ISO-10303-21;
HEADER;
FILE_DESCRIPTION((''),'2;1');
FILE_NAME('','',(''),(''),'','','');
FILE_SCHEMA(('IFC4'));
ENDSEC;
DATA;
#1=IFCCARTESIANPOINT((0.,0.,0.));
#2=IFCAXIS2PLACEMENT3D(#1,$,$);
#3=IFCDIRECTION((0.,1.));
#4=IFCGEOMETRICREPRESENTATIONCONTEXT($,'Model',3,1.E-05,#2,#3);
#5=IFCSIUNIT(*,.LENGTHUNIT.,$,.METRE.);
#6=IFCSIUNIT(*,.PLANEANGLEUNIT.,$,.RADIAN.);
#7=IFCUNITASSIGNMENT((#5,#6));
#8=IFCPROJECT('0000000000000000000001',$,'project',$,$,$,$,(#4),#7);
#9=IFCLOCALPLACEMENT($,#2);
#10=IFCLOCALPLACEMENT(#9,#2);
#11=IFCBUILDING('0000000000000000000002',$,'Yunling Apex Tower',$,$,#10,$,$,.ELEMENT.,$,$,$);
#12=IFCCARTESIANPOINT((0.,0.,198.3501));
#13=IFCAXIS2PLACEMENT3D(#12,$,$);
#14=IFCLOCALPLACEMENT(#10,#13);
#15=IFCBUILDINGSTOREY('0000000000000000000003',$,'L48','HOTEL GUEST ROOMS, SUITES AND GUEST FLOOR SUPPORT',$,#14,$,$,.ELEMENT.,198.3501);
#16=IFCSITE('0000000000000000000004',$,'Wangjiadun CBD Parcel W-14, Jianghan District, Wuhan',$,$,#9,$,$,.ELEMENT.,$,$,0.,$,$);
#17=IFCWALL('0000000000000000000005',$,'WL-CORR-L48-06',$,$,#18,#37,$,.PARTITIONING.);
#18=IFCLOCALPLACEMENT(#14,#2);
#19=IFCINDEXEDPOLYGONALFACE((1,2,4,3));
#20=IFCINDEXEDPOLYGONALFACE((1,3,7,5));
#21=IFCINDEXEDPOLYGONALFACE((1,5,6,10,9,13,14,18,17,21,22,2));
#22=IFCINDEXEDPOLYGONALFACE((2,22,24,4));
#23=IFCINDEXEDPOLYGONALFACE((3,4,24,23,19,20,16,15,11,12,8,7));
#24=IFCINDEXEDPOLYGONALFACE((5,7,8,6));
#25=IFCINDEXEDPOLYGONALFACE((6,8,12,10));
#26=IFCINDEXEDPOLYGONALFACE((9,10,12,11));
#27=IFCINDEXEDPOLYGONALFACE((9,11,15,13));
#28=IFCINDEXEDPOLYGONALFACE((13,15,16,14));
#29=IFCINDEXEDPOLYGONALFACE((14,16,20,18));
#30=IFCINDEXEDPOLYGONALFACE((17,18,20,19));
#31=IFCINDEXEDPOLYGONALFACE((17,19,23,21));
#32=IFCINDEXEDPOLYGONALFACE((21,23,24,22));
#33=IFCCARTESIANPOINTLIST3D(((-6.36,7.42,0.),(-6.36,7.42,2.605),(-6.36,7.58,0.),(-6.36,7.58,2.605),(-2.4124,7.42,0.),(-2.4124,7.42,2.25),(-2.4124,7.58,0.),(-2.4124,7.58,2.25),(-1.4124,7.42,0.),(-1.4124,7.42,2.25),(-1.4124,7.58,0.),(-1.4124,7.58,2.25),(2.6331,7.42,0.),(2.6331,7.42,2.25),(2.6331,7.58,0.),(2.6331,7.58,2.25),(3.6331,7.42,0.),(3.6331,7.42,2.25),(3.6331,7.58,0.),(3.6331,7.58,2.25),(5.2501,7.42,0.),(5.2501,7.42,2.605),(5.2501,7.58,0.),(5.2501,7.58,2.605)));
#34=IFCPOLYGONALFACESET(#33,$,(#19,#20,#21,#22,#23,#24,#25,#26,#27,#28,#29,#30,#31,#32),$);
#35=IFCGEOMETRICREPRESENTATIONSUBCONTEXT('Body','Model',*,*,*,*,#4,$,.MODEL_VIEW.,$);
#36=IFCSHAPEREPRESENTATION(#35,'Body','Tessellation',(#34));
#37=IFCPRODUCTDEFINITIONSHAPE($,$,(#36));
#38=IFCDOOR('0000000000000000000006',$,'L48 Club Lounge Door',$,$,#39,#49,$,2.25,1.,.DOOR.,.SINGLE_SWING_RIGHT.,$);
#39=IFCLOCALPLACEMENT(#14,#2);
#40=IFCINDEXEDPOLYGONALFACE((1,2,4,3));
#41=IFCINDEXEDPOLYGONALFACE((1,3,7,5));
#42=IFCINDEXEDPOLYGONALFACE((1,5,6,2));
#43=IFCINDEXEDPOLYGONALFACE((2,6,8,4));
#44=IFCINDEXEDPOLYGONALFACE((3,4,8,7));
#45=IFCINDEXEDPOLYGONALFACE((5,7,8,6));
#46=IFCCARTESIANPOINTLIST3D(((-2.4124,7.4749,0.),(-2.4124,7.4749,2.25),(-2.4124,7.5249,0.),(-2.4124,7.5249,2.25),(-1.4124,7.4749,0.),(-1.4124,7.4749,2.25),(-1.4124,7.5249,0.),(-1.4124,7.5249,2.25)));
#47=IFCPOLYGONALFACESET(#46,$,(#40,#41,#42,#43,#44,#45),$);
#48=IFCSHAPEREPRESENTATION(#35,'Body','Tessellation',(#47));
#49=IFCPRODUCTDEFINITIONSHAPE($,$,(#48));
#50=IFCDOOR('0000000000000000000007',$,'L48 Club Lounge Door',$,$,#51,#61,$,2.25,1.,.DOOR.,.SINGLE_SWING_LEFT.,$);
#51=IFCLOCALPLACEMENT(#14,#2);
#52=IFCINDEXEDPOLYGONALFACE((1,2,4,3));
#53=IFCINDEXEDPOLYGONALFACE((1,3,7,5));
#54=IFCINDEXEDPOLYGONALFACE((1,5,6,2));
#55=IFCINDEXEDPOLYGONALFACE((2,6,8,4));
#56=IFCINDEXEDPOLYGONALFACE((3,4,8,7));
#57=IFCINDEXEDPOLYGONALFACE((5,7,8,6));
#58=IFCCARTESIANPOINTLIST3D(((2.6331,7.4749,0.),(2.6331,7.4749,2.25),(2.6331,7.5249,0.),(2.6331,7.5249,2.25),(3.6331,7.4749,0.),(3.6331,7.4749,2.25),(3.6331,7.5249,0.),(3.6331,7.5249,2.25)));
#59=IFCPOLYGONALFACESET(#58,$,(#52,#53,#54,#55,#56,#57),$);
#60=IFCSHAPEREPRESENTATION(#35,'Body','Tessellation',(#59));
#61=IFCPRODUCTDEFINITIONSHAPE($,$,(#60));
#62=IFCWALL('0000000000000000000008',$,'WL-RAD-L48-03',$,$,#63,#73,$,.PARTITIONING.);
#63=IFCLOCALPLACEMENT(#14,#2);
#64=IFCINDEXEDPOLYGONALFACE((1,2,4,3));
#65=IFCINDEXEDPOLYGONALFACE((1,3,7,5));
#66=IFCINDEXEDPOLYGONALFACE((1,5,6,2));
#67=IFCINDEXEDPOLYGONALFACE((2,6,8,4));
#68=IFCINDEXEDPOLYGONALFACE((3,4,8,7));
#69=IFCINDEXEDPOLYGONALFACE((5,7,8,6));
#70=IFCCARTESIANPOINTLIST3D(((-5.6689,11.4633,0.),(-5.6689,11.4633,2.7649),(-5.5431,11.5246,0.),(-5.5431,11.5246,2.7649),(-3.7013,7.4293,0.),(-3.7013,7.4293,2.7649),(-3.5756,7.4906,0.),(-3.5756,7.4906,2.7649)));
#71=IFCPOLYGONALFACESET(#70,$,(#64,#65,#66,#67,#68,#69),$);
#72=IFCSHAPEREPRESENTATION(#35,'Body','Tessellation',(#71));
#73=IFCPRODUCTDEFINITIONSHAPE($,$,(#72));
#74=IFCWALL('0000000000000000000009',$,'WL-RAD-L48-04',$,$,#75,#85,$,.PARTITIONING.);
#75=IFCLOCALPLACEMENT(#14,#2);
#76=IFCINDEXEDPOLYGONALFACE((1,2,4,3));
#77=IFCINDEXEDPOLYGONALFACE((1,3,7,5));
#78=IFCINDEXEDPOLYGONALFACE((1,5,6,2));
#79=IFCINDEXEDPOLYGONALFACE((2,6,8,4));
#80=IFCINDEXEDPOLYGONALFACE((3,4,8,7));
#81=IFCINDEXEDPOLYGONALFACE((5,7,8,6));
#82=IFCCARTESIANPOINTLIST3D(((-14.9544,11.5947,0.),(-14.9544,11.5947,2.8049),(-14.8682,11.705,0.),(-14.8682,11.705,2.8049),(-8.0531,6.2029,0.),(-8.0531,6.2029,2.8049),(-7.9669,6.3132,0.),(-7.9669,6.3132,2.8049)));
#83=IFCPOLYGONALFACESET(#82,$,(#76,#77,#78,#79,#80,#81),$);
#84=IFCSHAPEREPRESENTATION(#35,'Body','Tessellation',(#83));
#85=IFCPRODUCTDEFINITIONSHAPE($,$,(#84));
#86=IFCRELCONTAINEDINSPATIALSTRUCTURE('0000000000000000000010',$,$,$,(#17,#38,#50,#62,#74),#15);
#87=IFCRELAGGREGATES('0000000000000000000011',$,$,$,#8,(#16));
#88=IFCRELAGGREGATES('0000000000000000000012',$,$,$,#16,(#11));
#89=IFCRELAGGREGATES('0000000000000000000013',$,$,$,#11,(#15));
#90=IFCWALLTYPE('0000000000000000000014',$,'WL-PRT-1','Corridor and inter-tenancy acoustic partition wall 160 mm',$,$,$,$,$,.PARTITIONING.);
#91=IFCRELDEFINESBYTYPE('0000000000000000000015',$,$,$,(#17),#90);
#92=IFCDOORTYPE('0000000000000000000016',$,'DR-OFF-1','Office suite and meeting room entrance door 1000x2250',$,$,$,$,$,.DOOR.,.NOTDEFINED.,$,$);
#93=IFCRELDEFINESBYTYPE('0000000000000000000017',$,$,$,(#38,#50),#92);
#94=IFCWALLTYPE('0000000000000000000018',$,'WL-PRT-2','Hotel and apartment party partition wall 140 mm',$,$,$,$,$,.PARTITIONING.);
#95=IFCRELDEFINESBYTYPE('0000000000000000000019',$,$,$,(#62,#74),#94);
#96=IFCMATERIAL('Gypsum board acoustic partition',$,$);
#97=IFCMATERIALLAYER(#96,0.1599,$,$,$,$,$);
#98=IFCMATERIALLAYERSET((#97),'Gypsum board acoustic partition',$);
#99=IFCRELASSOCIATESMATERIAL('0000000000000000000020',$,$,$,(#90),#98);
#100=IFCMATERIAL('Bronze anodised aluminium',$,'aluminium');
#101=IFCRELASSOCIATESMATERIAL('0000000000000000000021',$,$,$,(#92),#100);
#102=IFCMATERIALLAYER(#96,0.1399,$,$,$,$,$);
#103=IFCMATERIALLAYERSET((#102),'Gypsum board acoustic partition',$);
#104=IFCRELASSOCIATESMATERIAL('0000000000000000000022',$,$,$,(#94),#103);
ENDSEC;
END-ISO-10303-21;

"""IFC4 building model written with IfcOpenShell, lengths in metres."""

from ifc_helpers import new_model, si_unit, direction, frame, frame_2d, origin, place, context, subcontext, project, spatial, rectangle, extrude, material, layer, layer_set, type_object, element, fill, save


model = new_model("IFC4")

# Units and contexts
model_context = context("Model", 3, precision=1e-05, world=origin(), true_north=direction((0.0, 1.0)))
body_context = subcontext(model_context, "Body", "Model", "MODEL_VIEW")
ifc_project = project(units=[si_unit("LENGTHUNIT", "METRE"), si_unit("PLANEANGLEUNIT", "RADIAN")], contexts=[model_context])

# Site, building, storey
site_placement = place(None, origin())
site = spatial("IfcSite", under=ifc_project, at=site_placement, Name="Wangjiadun CBD Parcel W-14, Jianghan District, Wuhan", CompositionType="ELEMENT", RefElevation=0.0)
building_placement = place(site_placement, origin())
building = spatial("IfcBuilding", under=site, at=building_placement, Name="Yunling Apex Tower", CompositionType="ELEMENT")
storey_placement = place(building_placement, frame((0.0, 0.0, 198.3501)))
storey = spatial("IfcBuildingStorey", under=building, at=storey_placement, Name="L48", Description="HOTEL GUEST ROOMS, SUITES AND GUEST FLOOR SUPPORT", CompositionType="ELEMENT", Elevation=198.3501)

# Shared definitions
ifc_material_1 = material(Name="Bronze anodised aluminium", Category="aluminium")

# Shared definitions
ifc_material_2 = material(Name="Gypsum board acoustic partition")
ifc_layer_1 = layer(ifc_material_2, 0.1599)
ifc_layer_set_1 = layer_set([ifc_layer_1], Name="Gypsum board acoustic partition")
wall_type_1 = type_object("IfcWallType", Name="WL-PRT-1", Description="Corridor and inter-tenancy acoustic partition wall 160 mm", PredefinedType="PARTITIONING", material=ifc_layer_set_1)

# Wall, openings, doors
wall_1_placement = place(storey_placement, frame((-6.3601, 7.5, 0.0), z_axis=(0.0, 0.0, 1.0), x_axis=(1.0, 0.0, 0.0)))
wall_1 = element("IfcWall", 1, at=wall_1_placement, inside=storey, type_object=wall_type_1, Name="WL-CORR-L48-06", PredefinedType="PARTITIONING", context=body_context, shape_type="SweptSolid", body=[
    extrude(rectangle(XDim=11.6101, YDim=0.1599, at=frame_2d((5.8052, 0.0))), origin(), (0.0, 0.0, 1.0), 2.605),
])
opening_1_placement = place(wall_1_placement, frame((3.9478, 0.0, 0.0)))
opening_1 = element("IfcOpeningElement", 2, at=opening_1_placement, cuts=wall_1, PredefinedType="OPENING", context=body_context, shape_type="SweptSolid", body=[
    extrude(rectangle(XDim=1.0, YDim=2.25, at=frame_2d((0.5, 1.125))), frame((0.0, 0.0898, 0.0), z_axis=(0.0, -1.0, 0.0), x_axis=(1.0, 0.0, 0.0)), (0.0, 0.0, 1.0), 0.1799),
])
opening_2_placement = place(wall_1_placement, frame((8.9932, 0.0, 0.0)))
opening_2 = element("IfcOpeningElement", 3, at=opening_2_placement, cuts=wall_1, PredefinedType="OPENING", context=body_context, shape_type="SweptSolid", body=[
    extrude(rectangle(XDim=1.0, YDim=2.25, at=frame_2d((0.5, 1.125))), frame((0.0, 0.0898, 0.0), z_axis=(0.0, -1.0, 0.0), x_axis=(1.0, 0.0, 0.0)), (0.0, 0.0, 1.0), 0.1799),
])
door_type = type_object("IfcDoorType", Name="DR-OFF-1", Description="Office suite and meeting room entrance door 1000x2250", OperationType="NOTDEFINED", PredefinedType="DOOR", material=ifc_material_1)
door_1_placement = place(opening_1_placement, origin())
door_1 = element("IfcDoor", 4, at=door_1_placement, inside=storey, type_object=door_type, Name="L48 Club Lounge Door", OperationType="SINGLE_SWING_RIGHT", OverallHeight=2.25, OverallWidth=1.0, PredefinedType="DOOR", context=body_context, shape_type="SweptSolid", body=[
    extrude(rectangle(XDim=1.0, YDim=2.25, at=frame_2d((0.5, 1.125))), frame((0.0, 0.0249, 0.0), z_axis=(0.0, -1.0, 0.0), x_axis=(1.0, 0.0, 0.0)), (0.0, 0.0, 1.0), 0.05),
])
fill(opening_1, door_1)
door_2_placement = place(opening_2_placement, origin())
door_2 = element("IfcDoor", 5, at=door_2_placement, inside=storey, type_object=door_type, Name="L48 Club Lounge Door", OperationType="SINGLE_SWING_LEFT", OverallHeight=2.25, OverallWidth=1.0, PredefinedType="DOOR", context=body_context, shape_type="SweptSolid", body=[
    extrude(rectangle(XDim=1.0, YDim=2.25, at=frame_2d((0.5, 1.125))), frame((0.0, 0.0249, 0.0), z_axis=(0.0, -1.0, 0.0), x_axis=(1.0, 0.0, 0.0)), (0.0, 0.0, 1.0), 0.05),
])
fill(opening_2, door_2)

# Walls
ifc_layer_2 = layer(ifc_material_2, 0.1399)
ifc_layer_set_2 = layer_set([ifc_layer_2], Name="Gypsum board acoustic partition")
wall_type_2 = type_object("IfcWallType", Name="WL-PRT-2", Description="Hotel and apartment party partition wall 140 mm", PredefinedType="PARTITIONING", material=ifc_layer_set_2)
wall_2_placement = place(storey_placement, frame((-3.6384, 7.46, 0.0), z_axis=(0.0, 0.0, 1.0), x_axis=(-0.43838, 0.89879, 0.0)))
element("IfcWall", 6, at=wall_2_placement, inside=storey, type_object=wall_type_2, Name="WL-RAD-L48-03", PredefinedType="PARTITIONING", context=body_context, shape_type="SweptSolid", body=[
    extrude(rectangle(XDim=4.4883, YDim=0.1399, at=frame_2d((2.2441, 0.0))), origin(), (0.0, 0.0, 1.0), 2.7649),
])
wall_3_placement = place(storey_placement, frame((-8.01, 6.2581, 0.0), z_axis=(0.0, 0.0, 1.0), x_axis=(-0.788016, 0.615655, 0.0)))
element("IfcWall", 7, at=wall_3_placement, inside=storey, type_object=wall_type_2, Name="WL-RAD-L48-04", PredefinedType="PARTITIONING", context=body_context, shape_type="SweptSolid", body=[
    extrude(rectangle(XDim=8.7578, YDim=0.1399, at=frame_2d((4.3789, 0.0))), origin(), (0.0, 0.0, 1.0), 2.8049),
])

save(model, "model.ifc")
